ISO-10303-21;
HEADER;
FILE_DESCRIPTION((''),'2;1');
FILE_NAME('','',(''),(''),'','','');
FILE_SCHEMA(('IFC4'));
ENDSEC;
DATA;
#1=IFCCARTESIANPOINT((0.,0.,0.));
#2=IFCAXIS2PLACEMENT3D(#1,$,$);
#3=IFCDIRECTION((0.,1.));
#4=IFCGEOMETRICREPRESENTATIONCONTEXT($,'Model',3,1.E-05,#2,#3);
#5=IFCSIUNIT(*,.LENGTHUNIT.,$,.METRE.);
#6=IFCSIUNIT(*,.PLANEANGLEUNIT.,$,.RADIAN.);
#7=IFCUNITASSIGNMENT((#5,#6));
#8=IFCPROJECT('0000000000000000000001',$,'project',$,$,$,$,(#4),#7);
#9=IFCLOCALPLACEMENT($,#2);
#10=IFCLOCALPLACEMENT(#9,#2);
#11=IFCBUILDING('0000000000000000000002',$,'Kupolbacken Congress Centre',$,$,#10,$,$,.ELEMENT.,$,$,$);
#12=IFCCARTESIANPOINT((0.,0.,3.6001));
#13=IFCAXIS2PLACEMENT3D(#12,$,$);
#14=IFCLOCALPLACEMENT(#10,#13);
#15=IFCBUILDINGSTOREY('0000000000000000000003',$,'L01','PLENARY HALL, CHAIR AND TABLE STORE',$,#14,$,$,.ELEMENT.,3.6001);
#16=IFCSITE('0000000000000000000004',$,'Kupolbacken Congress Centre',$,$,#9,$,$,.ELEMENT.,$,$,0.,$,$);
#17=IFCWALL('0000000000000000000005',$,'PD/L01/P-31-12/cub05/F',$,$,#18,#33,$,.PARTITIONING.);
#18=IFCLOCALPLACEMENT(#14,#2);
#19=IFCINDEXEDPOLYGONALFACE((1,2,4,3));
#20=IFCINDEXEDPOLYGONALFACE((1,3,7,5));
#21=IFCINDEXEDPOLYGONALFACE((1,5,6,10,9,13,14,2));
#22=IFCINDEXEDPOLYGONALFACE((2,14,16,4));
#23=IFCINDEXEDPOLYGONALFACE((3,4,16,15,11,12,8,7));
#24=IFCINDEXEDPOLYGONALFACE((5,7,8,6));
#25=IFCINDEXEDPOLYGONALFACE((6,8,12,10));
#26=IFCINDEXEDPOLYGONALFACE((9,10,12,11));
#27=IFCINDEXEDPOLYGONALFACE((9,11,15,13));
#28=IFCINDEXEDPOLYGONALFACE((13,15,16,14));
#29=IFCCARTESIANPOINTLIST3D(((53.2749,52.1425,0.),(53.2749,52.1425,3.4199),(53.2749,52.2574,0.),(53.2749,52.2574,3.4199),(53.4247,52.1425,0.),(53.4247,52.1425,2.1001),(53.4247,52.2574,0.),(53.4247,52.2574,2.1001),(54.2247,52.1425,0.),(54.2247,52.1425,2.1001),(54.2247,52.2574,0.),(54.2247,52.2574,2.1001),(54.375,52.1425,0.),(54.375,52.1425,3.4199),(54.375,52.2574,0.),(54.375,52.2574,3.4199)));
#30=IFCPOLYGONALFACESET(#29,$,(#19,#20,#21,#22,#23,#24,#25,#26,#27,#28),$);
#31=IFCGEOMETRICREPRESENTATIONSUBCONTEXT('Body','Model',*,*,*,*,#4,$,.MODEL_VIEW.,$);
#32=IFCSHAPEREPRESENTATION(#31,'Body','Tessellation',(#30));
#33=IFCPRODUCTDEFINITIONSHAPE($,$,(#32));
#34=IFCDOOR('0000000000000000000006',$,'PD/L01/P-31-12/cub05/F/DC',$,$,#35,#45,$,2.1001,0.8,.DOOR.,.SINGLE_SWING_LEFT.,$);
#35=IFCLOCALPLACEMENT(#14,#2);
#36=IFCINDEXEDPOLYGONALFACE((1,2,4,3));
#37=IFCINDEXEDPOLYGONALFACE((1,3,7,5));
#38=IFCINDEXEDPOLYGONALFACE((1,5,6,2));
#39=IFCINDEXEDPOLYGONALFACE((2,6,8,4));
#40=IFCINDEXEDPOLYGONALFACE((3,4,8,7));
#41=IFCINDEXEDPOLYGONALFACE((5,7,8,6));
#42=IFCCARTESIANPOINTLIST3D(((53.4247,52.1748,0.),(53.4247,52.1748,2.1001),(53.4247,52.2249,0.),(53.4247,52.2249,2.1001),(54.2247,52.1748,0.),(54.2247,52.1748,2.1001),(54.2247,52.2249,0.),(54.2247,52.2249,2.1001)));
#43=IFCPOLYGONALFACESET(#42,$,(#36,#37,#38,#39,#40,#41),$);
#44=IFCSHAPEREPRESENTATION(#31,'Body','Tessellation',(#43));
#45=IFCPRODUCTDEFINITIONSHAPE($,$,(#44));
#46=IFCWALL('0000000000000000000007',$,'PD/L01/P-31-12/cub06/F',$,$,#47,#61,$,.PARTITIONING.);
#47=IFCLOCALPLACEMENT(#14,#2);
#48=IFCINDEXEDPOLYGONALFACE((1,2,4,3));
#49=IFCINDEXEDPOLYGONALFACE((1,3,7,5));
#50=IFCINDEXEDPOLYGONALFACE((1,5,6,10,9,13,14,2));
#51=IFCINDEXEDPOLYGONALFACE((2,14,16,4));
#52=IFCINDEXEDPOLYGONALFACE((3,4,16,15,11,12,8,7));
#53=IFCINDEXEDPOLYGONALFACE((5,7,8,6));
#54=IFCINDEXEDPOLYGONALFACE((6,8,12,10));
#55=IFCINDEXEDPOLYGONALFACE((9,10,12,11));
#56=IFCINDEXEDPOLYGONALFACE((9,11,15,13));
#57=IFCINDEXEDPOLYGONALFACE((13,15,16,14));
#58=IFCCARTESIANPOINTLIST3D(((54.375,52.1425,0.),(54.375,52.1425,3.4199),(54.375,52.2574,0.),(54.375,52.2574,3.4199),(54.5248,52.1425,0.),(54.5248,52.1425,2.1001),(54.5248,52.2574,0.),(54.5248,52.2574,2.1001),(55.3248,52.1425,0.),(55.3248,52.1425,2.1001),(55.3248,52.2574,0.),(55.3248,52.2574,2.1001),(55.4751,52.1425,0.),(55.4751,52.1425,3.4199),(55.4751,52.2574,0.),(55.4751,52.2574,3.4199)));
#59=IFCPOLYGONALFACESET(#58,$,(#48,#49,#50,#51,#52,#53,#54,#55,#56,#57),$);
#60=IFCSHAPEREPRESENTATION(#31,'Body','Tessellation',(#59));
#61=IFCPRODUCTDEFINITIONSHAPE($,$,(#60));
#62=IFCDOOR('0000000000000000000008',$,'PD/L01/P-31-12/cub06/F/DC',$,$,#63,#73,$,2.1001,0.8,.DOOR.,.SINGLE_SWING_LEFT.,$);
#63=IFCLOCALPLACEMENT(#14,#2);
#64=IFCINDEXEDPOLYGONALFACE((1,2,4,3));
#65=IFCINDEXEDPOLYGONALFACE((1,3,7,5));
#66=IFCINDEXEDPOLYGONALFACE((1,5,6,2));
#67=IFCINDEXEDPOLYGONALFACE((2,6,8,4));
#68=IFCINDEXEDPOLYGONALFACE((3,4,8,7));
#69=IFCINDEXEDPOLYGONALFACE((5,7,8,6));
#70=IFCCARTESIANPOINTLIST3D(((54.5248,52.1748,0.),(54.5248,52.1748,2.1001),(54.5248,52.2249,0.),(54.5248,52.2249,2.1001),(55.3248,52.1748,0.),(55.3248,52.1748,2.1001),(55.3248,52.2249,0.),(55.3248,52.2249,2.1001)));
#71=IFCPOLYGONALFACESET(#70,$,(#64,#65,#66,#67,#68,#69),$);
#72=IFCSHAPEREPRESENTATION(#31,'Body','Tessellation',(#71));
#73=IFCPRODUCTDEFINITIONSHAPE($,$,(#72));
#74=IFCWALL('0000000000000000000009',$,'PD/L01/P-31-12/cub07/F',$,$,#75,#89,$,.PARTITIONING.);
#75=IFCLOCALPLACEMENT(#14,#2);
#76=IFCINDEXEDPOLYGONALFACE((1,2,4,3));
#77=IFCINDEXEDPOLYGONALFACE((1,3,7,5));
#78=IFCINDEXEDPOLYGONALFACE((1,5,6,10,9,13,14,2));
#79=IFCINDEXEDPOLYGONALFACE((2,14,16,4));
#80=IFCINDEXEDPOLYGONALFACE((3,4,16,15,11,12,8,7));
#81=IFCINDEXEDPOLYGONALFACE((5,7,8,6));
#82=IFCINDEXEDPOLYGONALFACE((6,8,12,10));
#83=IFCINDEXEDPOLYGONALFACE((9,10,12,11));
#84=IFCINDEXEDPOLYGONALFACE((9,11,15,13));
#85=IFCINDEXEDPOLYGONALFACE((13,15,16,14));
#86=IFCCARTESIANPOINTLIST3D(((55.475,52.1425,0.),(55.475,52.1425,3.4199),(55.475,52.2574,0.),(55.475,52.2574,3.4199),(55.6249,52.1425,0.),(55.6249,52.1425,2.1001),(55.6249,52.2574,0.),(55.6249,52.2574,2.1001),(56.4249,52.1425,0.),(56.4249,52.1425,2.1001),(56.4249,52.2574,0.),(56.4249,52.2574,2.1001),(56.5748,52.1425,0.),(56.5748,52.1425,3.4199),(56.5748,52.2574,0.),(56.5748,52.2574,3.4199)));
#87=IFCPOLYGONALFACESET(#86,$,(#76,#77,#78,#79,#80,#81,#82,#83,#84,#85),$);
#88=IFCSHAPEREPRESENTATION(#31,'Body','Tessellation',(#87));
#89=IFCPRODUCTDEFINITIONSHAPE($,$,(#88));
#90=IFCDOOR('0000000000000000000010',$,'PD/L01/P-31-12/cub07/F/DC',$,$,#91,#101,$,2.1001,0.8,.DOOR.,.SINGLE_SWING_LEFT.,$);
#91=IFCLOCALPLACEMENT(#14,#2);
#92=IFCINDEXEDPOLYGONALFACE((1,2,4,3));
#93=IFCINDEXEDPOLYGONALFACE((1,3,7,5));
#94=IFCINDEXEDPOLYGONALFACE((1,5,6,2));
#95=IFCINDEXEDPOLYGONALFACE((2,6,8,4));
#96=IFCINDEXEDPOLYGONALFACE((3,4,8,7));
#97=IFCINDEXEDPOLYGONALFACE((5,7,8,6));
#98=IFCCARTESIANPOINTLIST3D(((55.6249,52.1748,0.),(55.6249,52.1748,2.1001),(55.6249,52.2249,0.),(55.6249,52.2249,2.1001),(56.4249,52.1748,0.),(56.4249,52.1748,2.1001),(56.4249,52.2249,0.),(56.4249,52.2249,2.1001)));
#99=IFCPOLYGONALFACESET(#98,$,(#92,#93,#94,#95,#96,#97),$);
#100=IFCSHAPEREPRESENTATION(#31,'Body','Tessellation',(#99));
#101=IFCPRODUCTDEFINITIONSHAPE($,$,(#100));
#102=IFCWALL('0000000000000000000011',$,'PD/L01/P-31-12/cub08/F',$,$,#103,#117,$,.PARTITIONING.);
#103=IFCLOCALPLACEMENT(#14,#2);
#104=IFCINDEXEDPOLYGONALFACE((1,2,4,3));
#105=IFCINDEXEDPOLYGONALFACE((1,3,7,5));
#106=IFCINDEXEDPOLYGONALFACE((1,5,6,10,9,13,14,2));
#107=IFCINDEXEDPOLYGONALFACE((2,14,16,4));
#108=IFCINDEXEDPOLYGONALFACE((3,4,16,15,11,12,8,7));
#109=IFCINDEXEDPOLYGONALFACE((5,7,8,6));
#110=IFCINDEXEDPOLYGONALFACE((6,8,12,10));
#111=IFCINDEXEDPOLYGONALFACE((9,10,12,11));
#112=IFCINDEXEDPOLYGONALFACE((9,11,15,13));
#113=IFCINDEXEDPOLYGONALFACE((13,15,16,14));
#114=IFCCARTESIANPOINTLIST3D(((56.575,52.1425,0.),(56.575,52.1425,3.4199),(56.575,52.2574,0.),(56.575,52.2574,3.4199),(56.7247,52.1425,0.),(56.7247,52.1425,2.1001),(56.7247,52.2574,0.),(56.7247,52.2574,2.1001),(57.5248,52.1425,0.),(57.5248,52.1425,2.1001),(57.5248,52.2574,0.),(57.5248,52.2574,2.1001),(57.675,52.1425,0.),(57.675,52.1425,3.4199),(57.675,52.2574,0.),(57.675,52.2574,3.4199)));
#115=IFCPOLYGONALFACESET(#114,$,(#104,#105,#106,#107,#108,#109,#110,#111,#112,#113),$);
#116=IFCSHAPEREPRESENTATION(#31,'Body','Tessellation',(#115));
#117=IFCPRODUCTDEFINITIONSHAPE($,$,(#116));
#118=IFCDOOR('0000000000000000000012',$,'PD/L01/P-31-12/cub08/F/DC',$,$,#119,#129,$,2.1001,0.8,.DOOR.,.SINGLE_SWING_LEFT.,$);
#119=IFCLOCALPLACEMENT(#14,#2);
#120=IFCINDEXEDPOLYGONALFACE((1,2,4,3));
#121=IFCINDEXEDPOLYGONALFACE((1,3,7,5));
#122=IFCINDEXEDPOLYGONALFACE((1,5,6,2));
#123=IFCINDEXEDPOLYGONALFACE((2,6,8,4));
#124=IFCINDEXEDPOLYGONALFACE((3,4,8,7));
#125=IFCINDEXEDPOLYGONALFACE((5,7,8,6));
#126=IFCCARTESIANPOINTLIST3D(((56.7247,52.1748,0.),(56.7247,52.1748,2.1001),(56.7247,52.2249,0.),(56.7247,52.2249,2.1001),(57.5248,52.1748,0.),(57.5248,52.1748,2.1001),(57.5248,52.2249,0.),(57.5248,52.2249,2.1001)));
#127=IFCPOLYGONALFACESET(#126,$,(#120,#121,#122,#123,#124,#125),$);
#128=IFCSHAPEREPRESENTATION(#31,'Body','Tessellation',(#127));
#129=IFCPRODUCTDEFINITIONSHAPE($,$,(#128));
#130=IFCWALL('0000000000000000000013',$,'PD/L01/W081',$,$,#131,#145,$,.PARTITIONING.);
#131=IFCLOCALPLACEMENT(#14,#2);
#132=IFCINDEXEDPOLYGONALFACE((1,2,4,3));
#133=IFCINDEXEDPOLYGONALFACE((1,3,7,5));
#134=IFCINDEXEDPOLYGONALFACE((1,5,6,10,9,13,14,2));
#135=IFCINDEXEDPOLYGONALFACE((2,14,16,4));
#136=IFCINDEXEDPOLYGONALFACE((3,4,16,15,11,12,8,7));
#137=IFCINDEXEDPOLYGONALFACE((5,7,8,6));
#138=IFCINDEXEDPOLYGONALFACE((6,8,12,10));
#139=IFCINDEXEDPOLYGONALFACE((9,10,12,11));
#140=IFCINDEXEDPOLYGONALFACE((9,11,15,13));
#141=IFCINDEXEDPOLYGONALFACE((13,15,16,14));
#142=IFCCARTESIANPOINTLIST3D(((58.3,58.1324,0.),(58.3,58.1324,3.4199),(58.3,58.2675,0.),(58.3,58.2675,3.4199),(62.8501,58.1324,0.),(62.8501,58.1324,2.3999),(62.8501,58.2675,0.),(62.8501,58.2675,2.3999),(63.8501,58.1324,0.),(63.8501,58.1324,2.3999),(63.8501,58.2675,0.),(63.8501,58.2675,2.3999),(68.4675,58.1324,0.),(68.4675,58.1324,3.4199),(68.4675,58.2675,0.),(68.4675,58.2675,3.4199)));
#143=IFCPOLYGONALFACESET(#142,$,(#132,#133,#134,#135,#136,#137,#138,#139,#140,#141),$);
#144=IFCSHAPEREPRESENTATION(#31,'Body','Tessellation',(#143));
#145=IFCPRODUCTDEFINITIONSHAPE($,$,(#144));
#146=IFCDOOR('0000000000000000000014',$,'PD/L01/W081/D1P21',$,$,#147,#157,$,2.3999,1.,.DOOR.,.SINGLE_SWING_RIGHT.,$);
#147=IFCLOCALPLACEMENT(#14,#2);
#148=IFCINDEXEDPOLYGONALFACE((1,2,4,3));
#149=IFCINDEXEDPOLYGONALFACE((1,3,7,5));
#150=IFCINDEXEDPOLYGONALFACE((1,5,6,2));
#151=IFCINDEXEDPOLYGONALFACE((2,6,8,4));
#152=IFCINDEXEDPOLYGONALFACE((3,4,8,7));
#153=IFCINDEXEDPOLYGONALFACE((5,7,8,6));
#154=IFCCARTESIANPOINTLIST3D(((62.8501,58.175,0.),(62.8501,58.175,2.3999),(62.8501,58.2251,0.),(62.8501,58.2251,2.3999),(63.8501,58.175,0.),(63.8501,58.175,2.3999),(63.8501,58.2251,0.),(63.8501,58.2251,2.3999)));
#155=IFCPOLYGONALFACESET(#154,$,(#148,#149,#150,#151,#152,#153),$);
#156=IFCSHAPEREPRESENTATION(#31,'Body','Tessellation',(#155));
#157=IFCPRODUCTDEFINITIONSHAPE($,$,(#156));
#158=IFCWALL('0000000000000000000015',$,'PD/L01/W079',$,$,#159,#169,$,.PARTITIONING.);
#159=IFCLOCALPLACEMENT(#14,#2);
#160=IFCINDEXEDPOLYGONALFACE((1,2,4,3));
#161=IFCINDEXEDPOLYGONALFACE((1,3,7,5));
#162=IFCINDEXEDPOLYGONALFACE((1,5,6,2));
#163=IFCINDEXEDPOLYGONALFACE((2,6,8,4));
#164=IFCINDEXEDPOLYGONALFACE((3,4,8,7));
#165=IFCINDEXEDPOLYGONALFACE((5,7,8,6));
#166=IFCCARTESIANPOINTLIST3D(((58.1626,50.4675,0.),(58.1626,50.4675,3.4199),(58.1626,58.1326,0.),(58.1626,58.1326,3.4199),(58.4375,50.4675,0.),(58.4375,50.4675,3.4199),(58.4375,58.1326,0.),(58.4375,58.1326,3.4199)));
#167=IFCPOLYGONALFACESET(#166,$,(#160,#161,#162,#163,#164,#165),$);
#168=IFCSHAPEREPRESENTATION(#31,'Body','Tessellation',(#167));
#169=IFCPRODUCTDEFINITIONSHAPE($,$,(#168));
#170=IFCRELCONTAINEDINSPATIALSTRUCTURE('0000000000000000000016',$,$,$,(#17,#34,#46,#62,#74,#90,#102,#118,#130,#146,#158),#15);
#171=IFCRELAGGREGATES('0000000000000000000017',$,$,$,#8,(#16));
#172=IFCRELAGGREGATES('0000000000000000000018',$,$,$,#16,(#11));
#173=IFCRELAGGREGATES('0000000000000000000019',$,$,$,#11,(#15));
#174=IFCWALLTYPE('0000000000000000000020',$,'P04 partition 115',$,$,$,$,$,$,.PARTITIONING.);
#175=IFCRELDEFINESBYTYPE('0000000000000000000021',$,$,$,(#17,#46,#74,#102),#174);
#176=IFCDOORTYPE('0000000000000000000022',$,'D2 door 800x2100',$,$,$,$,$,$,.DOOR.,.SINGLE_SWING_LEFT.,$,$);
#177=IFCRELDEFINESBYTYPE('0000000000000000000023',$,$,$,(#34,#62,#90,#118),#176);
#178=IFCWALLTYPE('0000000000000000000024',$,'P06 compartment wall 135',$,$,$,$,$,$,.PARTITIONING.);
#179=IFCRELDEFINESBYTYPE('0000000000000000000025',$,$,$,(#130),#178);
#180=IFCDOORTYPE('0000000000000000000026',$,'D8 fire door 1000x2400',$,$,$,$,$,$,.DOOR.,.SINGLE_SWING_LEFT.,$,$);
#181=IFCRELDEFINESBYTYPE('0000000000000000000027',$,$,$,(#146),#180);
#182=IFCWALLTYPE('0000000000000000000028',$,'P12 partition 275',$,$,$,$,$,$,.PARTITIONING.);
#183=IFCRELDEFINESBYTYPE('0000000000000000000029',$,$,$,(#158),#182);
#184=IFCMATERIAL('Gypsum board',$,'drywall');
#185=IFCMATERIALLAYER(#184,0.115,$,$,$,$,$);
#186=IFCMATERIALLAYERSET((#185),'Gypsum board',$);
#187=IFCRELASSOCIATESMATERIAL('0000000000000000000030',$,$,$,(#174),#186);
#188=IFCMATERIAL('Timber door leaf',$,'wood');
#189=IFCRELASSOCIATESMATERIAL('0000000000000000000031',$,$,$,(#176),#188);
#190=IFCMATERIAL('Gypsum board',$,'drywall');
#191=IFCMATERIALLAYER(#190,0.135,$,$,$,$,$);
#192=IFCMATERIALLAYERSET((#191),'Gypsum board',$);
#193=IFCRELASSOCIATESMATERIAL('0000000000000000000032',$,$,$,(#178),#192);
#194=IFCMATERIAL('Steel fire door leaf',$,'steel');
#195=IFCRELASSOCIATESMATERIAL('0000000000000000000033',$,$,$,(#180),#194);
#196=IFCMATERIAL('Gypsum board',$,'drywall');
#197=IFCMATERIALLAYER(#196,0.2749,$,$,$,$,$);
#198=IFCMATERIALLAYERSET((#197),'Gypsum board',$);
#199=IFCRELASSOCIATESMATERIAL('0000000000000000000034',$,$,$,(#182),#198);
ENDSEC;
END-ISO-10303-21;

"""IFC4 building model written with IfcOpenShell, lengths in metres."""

from ifc_helpers import new_model, si_unit, direction, frame, frame_2d, origin, place, context, subcontext, project, spatial, rectangle, extrude, material, layer, layer_set, type_object, element, fill, save


model = new_model("IFC4")

# Units and contexts
model_context = context("Model", 3, precision=1e-05, world=origin(), true_north=direction((0.0, 1.0)))
body_context = subcontext(model_context, "Body", "Model", "MODEL_VIEW")
ifc_project = project(units=[si_unit("LENGTHUNIT", "METRE"), si_unit("PLANEANGLEUNIT", "RADIAN")], contexts=[model_context])

# Site, building, storey
site_placement = place(None, origin())
site = spatial("IfcSite", under=ifc_project, at=site_placement, Name="Kupolbacken Congress Centre", CompositionType="ELEMENT", RefElevation=0.0)
building_placement = place(site_placement, origin())
building = spatial("IfcBuilding", under=site, at=building_placement, Name="Kupolbacken Congress Centre", CompositionType="ELEMENT")
storey_placement = place(building_placement, frame((0.0, 0.0, 3.6001)))
storey = spatial("IfcBuildingStorey", under=building, at=storey_placement, Name="L01", Description="PLENARY HALL, CHAIR AND TABLE STORE", CompositionType="ELEMENT", Elevation=3.6001)

# Walls, openings, doors
ifc_material_1 = material(Name="Gypsum board", Category="drywall")
ifc_layer_1 = layer(ifc_material_1, 0.115)
ifc_layer_set_1 = layer_set([ifc_layer_1], Name="Gypsum board")
wall_type_1 = type_object("IfcWallType", Name="P04 partition 115", PredefinedType="PARTITIONING", material=ifc_layer_set_1)
wall_1_placement = place(storey_placement, frame((53.2749, 52.2, 0.0), z_axis=(0.0, 0.0, 1.0), x_axis=(1.0, 0.0, 0.0)))
wall_1 = element("IfcWall", 1, at=wall_1_placement, inside=storey, type_object=wall_type_1, Name="PD/L01/P-31-12/cub05/F", PredefinedType="PARTITIONING", context=body_context, shape_type="SweptSolid", body=[
    extrude(rectangle(XDim=1.1001, YDim=0.115, at=frame_2d((0.55, 0.0))), origin(), (0.0, 0.0, 1.0), 3.4199),
])
opening_1_placement = place(wall_1_placement, frame((0.1499, 0.0, 0.0)))
opening_1 = element("IfcOpeningElement", 2, at=opening_1_placement, cuts=wall_1, PredefinedType="OPENING", context=body_context, shape_type="SweptSolid", body=[
    extrude(rectangle(XDim=0.8, YDim=2.1001, at=frame_2d((0.3999, 1.05))), frame((0.0, 0.0674, 0.0), z_axis=(0.0, -1.0, 0.0), x_axis=(1.0, 0.0, 0.0)), (0.0, 0.0, 1.0), 0.135),
])
ifc_material_2 = material(Name="Timber door leaf", Category="wood")
door_type_1 = type_object("IfcDoorType", Name="D2 door 800x2100", OperationType="SINGLE_SWING_LEFT", PredefinedType="DOOR", material=ifc_material_2)
door_1_placement = place(opening_1_placement, origin())
door_1 = element("IfcDoor", 3, at=door_1_placement, inside=storey, type_object=door_type_1, Name="PD/L01/P-31-12/cub05/F/DC", OperationType="SINGLE_SWING_LEFT", OverallHeight=2.1001, OverallWidth=0.8, PredefinedType="DOOR", context=body_context, shape_type="SweptSolid", body=[
    extrude(rectangle(XDim=0.8, YDim=2.1001, at=frame_2d((0.3999, 1.05))), frame((0.0, 0.0249, 0.0), z_axis=(0.0, -1.0, 0.0), x_axis=(1.0, 0.0, 0.0)), (0.0, 0.0, 1.0), 0.05),
])
fill(opening_1, door_1)
wall_2_placement = place(storey_placement, frame((54.375, 52.2, 0.0), z_axis=(0.0, 0.0, 1.0), x_axis=(1.0, 0.0, 0.0)))
wall_2 = element("IfcWall", 4, at=wall_2_placement, inside=storey, type_object=wall_type_1, Name="PD/L01/P-31-12/cub06/F", PredefinedType="PARTITIONING", context=body_context, shape_type="SweptSolid", body=[
    extrude(rectangle(XDim=1.1001, YDim=0.115, at=frame_2d((0.55, 0.0))), origin(), (0.0, 0.0, 1.0), 3.4199),
])
opening_2_placement = place(wall_2_placement, frame((0.1499, 0.0, 0.0)))
opening_2 = element("IfcOpeningElement", 5, at=opening_2_placement, cuts=wall_2, PredefinedType="OPENING", context=body_context, shape_type="SweptSolid", body=[
    extrude(rectangle(XDim=0.8, YDim=2.1001, at=frame_2d((0.3999, 1.05))), frame((0.0, 0.0674, 0.0), z_axis=(0.0, -1.0, 0.0), x_axis=(1.0, 0.0, 0.0)), (0.0, 0.0, 1.0), 0.135),
])
door_2_placement = place(opening_2_placement, origin())
door_2 = element("IfcDoor", 6, at=door_2_placement, inside=storey, type_object=door_type_1, Name="PD/L01/P-31-12/cub06/F/DC", OperationType="SINGLE_SWING_LEFT", OverallHeight=2.1001, OverallWidth=0.8, PredefinedType="DOOR", context=body_context, shape_type="SweptSolid", body=[
    extrude(rectangle(XDim=0.8, YDim=2.1001, at=frame_2d((0.3999, 1.05))), frame((0.0, 0.0249, 0.0), z_axis=(0.0, -1.0, 0.0), x_axis=(1.0, 0.0, 0.0)), (0.0, 0.0, 1.0), 0.05),
])
fill(opening_2, door_2)
wall_3_placement = place(storey_placement, frame((55.4751, 52.2, 0.0), z_axis=(0.0, 0.0, 1.0), x_axis=(1.0, 0.0, 0.0)))
wall_3 = element("IfcWall", 7, at=wall_3_placement, inside=storey, type_object=wall_type_1, Name="PD/L01/P-31-12/cub07/F", PredefinedType="PARTITIONING", context=body_context, shape_type="SweptSolid", body=[
    extrude(rectangle(XDim=1.0999, YDim=0.115, at=frame_2d((0.5498, 0.0))), origin(), (0.0, 0.0, 1.0), 3.4199),
])
opening_3_placement = place(wall_3_placement, frame((0.1499, 0.0, 0.0)))
opening_3 = element("IfcOpeningElement", 8, at=opening_3_placement, cuts=wall_3, PredefinedType="OPENING", context=body_context, shape_type="SweptSolid", body=[
    extrude(rectangle(XDim=0.8, YDim=2.1001, at=frame_2d((0.3999, 1.05))), frame((0.0, 0.0674, 0.0), z_axis=(0.0, -1.0, 0.0), x_axis=(1.0, 0.0, 0.0)), (0.0, 0.0, 1.0), 0.135),
])
door_3_placement = place(opening_3_placement, origin())
door_3 = element("IfcDoor", 9, at=door_3_placement, inside=storey, type_object=door_type_1, Name="PD/L01/P-31-12/cub07/F/DC", OperationType="SINGLE_SWING_LEFT", OverallHeight=2.1001, OverallWidth=0.8, PredefinedType="DOOR", context=body_context, shape_type="SweptSolid", body=[
    extrude(rectangle(XDim=0.8, YDim=2.1001, at=frame_2d((0.3999, 1.05))), frame((0.0, 0.0249, 0.0), z_axis=(0.0, -1.0, 0.0), x_axis=(1.0, 0.0, 0.0)), (0.0, 0.0, 1.0), 0.05),
])
fill(opening_3, door_3)
wall_4_placement = place(storey_placement, frame((56.575, 52.2, 0.0), z_axis=(0.0, 0.0, 1.0), x_axis=(1.0, 0.0, 0.0)))
wall_4 = element("IfcWall", 10, at=wall_4_placement, inside=storey, type_object=wall_type_1, Name="PD/L01/P-31-12/cub08/F", PredefinedType="PARTITIONING", context=body_context, shape_type="SweptSolid", body=[
    extrude(rectangle(XDim=1.1001, YDim=0.115, at=frame_2d((0.55, 0.0))), origin(), (0.0, 0.0, 1.0), 3.4199),
])
opening_4_placement = place(wall_4_placement, frame((0.1499, 0.0, 0.0)))
opening_4 = element("IfcOpeningElement", 11, at=opening_4_placement, cuts=wall_4, PredefinedType="OPENING", context=body_context, shape_type="SweptSolid", body=[
    extrude(rectangle(XDim=0.8, YDim=2.1001, at=frame_2d((0.3999, 1.05))), frame((0.0, 0.0674, 0.0), z_axis=(0.0, -1.0, 0.0), x_axis=(1.0, 0.0, 0.0)), (0.0, 0.0, 1.0), 0.135),
])
door_4_placement = place(opening_4_placement, origin())
door_4 = element("IfcDoor", 12, at=door_4_placement, inside=storey, type_object=door_type_1, Name="PD/L01/P-31-12/cub08/F/DC", OperationType="SINGLE_SWING_LEFT", OverallHeight=2.1001, OverallWidth=0.8, PredefinedType="DOOR", context=body_context, shape_type="SweptSolid", body=[
    extrude(rectangle(XDim=0.8, YDim=2.1001, at=frame_2d((0.3999, 1.05))), frame((0.0, 0.0249, 0.0), z_axis=(0.0, -1.0, 0.0), x_axis=(1.0, 0.0, 0.0)), (0.0, 0.0, 1.0), 0.05),
])
fill(opening_4, door_4)
ifc_material_3 = material(Name="Gypsum board", Category="drywall")
ifc_layer_2 = layer(ifc_material_3, 0.135)
ifc_layer_set_2 = layer_set([ifc_layer_2], Name="Gypsum board")
wall_type_2 = type_object("IfcWallType", Name="P06 compartment wall 135", PredefinedType="PARTITIONING", material=ifc_layer_set_2)
wall_5_placement = place(storey_placement, frame((58.3, 58.2, 0.0), z_axis=(0.0, 0.0, 1.0), x_axis=(1.0, 0.0, 0.0)))
wall_5 = element("IfcWall", 13, at=wall_5_placement, inside=storey, type_object=wall_type_2, Name="PD/L01/W081", PredefinedType="PARTITIONING", context=body_context, shape_type="SweptSolid", body=[
    extrude(rectangle(XDim=10.1675, YDim=0.135, at=frame_2d((5.0837, 0.0))), origin(), (0.0, 0.0, 1.0), 3.4199),
])
opening_5_placement = place(wall_5_placement, frame((4.55, 0.0, 0.0)))
opening_5 = element("IfcOpeningElement", 14, at=opening_5_placement, cuts=wall_5, PredefinedType="OPENING", context=body_context, shape_type="SweptSolid", body=[
    extrude(rectangle(XDim=1.0, YDim=2.3999, at=frame_2d((0.5, 1.2))), frame((0.0, 0.0774, 0.0), z_axis=(0.0, -1.0, 0.0), x_axis=(1.0, 0.0, 0.0)), (0.0, 0.0, 1.0), 0.155),
])
ifc_material_4 = material(Name="Steel fire door leaf", Category="steel")
door_type_2 = type_object("IfcDoorType", Name="D8 fire door 1000x2400", OperationType="SINGLE_SWING_LEFT", PredefinedType="DOOR", material=ifc_material_4)
door_5_placement = place(opening_5_placement, frame((1.0, 0.0, 0.0), z_axis=(0.0, 0.0, 1.0), x_axis=(-1.0, 0.0, 0.0)))
door_5 = element("IfcDoor", 15, at=door_5_placement, inside=storey, type_object=door_type_2, Name="PD/L01/W081/D1P21", OperationType="SINGLE_SWING_RIGHT", OverallHeight=2.3999, OverallWidth=1.0, PredefinedType="DOOR", context=body_context, shape_type="SweptSolid", body=[
    extrude(rectangle(XDim=1.0, YDim=2.3999, at=frame_2d((0.5, 1.2))), frame((0.0, 0.0249, 0.0), z_axis=(0.0, -1.0, 0.0), x_axis=(1.0, 0.0, 0.0)), (0.0, 0.0, 1.0), 0.05),
])
fill(opening_5, door_5)

# Wall
ifc_material_5 = material(Name="Gypsum board", Category="drywall")
ifc_layer_3 = layer(ifc_material_5, 0.2749)
ifc_layer_set_3 = layer_set([ifc_layer_3], Name="Gypsum board")
wall_type_3 = type_object("IfcWallType", Name="P12 partition 275", PredefinedType="PARTITIONING", material=ifc_layer_set_3)
wall_6_placement = place(storey_placement, frame((58.3, 58.1326, 0.0), z_axis=(0.0, 0.0, 1.0), x_axis=(0.0, -1.0, 0.0)))
element("IfcWall", 16, at=wall_6_placement, inside=storey, type_object=wall_type_3, Name="PD/L01/W079", PredefinedType="PARTITIONING", context=body_context, shape_type="SweptSolid", body=[
    extrude(rectangle(XDim=7.665, YDim=0.2749, at=frame_2d((3.8325, 0.0))), origin(), (0.0, 0.0, 1.0), 3.4199),
])

save(model, "model.ifc")
